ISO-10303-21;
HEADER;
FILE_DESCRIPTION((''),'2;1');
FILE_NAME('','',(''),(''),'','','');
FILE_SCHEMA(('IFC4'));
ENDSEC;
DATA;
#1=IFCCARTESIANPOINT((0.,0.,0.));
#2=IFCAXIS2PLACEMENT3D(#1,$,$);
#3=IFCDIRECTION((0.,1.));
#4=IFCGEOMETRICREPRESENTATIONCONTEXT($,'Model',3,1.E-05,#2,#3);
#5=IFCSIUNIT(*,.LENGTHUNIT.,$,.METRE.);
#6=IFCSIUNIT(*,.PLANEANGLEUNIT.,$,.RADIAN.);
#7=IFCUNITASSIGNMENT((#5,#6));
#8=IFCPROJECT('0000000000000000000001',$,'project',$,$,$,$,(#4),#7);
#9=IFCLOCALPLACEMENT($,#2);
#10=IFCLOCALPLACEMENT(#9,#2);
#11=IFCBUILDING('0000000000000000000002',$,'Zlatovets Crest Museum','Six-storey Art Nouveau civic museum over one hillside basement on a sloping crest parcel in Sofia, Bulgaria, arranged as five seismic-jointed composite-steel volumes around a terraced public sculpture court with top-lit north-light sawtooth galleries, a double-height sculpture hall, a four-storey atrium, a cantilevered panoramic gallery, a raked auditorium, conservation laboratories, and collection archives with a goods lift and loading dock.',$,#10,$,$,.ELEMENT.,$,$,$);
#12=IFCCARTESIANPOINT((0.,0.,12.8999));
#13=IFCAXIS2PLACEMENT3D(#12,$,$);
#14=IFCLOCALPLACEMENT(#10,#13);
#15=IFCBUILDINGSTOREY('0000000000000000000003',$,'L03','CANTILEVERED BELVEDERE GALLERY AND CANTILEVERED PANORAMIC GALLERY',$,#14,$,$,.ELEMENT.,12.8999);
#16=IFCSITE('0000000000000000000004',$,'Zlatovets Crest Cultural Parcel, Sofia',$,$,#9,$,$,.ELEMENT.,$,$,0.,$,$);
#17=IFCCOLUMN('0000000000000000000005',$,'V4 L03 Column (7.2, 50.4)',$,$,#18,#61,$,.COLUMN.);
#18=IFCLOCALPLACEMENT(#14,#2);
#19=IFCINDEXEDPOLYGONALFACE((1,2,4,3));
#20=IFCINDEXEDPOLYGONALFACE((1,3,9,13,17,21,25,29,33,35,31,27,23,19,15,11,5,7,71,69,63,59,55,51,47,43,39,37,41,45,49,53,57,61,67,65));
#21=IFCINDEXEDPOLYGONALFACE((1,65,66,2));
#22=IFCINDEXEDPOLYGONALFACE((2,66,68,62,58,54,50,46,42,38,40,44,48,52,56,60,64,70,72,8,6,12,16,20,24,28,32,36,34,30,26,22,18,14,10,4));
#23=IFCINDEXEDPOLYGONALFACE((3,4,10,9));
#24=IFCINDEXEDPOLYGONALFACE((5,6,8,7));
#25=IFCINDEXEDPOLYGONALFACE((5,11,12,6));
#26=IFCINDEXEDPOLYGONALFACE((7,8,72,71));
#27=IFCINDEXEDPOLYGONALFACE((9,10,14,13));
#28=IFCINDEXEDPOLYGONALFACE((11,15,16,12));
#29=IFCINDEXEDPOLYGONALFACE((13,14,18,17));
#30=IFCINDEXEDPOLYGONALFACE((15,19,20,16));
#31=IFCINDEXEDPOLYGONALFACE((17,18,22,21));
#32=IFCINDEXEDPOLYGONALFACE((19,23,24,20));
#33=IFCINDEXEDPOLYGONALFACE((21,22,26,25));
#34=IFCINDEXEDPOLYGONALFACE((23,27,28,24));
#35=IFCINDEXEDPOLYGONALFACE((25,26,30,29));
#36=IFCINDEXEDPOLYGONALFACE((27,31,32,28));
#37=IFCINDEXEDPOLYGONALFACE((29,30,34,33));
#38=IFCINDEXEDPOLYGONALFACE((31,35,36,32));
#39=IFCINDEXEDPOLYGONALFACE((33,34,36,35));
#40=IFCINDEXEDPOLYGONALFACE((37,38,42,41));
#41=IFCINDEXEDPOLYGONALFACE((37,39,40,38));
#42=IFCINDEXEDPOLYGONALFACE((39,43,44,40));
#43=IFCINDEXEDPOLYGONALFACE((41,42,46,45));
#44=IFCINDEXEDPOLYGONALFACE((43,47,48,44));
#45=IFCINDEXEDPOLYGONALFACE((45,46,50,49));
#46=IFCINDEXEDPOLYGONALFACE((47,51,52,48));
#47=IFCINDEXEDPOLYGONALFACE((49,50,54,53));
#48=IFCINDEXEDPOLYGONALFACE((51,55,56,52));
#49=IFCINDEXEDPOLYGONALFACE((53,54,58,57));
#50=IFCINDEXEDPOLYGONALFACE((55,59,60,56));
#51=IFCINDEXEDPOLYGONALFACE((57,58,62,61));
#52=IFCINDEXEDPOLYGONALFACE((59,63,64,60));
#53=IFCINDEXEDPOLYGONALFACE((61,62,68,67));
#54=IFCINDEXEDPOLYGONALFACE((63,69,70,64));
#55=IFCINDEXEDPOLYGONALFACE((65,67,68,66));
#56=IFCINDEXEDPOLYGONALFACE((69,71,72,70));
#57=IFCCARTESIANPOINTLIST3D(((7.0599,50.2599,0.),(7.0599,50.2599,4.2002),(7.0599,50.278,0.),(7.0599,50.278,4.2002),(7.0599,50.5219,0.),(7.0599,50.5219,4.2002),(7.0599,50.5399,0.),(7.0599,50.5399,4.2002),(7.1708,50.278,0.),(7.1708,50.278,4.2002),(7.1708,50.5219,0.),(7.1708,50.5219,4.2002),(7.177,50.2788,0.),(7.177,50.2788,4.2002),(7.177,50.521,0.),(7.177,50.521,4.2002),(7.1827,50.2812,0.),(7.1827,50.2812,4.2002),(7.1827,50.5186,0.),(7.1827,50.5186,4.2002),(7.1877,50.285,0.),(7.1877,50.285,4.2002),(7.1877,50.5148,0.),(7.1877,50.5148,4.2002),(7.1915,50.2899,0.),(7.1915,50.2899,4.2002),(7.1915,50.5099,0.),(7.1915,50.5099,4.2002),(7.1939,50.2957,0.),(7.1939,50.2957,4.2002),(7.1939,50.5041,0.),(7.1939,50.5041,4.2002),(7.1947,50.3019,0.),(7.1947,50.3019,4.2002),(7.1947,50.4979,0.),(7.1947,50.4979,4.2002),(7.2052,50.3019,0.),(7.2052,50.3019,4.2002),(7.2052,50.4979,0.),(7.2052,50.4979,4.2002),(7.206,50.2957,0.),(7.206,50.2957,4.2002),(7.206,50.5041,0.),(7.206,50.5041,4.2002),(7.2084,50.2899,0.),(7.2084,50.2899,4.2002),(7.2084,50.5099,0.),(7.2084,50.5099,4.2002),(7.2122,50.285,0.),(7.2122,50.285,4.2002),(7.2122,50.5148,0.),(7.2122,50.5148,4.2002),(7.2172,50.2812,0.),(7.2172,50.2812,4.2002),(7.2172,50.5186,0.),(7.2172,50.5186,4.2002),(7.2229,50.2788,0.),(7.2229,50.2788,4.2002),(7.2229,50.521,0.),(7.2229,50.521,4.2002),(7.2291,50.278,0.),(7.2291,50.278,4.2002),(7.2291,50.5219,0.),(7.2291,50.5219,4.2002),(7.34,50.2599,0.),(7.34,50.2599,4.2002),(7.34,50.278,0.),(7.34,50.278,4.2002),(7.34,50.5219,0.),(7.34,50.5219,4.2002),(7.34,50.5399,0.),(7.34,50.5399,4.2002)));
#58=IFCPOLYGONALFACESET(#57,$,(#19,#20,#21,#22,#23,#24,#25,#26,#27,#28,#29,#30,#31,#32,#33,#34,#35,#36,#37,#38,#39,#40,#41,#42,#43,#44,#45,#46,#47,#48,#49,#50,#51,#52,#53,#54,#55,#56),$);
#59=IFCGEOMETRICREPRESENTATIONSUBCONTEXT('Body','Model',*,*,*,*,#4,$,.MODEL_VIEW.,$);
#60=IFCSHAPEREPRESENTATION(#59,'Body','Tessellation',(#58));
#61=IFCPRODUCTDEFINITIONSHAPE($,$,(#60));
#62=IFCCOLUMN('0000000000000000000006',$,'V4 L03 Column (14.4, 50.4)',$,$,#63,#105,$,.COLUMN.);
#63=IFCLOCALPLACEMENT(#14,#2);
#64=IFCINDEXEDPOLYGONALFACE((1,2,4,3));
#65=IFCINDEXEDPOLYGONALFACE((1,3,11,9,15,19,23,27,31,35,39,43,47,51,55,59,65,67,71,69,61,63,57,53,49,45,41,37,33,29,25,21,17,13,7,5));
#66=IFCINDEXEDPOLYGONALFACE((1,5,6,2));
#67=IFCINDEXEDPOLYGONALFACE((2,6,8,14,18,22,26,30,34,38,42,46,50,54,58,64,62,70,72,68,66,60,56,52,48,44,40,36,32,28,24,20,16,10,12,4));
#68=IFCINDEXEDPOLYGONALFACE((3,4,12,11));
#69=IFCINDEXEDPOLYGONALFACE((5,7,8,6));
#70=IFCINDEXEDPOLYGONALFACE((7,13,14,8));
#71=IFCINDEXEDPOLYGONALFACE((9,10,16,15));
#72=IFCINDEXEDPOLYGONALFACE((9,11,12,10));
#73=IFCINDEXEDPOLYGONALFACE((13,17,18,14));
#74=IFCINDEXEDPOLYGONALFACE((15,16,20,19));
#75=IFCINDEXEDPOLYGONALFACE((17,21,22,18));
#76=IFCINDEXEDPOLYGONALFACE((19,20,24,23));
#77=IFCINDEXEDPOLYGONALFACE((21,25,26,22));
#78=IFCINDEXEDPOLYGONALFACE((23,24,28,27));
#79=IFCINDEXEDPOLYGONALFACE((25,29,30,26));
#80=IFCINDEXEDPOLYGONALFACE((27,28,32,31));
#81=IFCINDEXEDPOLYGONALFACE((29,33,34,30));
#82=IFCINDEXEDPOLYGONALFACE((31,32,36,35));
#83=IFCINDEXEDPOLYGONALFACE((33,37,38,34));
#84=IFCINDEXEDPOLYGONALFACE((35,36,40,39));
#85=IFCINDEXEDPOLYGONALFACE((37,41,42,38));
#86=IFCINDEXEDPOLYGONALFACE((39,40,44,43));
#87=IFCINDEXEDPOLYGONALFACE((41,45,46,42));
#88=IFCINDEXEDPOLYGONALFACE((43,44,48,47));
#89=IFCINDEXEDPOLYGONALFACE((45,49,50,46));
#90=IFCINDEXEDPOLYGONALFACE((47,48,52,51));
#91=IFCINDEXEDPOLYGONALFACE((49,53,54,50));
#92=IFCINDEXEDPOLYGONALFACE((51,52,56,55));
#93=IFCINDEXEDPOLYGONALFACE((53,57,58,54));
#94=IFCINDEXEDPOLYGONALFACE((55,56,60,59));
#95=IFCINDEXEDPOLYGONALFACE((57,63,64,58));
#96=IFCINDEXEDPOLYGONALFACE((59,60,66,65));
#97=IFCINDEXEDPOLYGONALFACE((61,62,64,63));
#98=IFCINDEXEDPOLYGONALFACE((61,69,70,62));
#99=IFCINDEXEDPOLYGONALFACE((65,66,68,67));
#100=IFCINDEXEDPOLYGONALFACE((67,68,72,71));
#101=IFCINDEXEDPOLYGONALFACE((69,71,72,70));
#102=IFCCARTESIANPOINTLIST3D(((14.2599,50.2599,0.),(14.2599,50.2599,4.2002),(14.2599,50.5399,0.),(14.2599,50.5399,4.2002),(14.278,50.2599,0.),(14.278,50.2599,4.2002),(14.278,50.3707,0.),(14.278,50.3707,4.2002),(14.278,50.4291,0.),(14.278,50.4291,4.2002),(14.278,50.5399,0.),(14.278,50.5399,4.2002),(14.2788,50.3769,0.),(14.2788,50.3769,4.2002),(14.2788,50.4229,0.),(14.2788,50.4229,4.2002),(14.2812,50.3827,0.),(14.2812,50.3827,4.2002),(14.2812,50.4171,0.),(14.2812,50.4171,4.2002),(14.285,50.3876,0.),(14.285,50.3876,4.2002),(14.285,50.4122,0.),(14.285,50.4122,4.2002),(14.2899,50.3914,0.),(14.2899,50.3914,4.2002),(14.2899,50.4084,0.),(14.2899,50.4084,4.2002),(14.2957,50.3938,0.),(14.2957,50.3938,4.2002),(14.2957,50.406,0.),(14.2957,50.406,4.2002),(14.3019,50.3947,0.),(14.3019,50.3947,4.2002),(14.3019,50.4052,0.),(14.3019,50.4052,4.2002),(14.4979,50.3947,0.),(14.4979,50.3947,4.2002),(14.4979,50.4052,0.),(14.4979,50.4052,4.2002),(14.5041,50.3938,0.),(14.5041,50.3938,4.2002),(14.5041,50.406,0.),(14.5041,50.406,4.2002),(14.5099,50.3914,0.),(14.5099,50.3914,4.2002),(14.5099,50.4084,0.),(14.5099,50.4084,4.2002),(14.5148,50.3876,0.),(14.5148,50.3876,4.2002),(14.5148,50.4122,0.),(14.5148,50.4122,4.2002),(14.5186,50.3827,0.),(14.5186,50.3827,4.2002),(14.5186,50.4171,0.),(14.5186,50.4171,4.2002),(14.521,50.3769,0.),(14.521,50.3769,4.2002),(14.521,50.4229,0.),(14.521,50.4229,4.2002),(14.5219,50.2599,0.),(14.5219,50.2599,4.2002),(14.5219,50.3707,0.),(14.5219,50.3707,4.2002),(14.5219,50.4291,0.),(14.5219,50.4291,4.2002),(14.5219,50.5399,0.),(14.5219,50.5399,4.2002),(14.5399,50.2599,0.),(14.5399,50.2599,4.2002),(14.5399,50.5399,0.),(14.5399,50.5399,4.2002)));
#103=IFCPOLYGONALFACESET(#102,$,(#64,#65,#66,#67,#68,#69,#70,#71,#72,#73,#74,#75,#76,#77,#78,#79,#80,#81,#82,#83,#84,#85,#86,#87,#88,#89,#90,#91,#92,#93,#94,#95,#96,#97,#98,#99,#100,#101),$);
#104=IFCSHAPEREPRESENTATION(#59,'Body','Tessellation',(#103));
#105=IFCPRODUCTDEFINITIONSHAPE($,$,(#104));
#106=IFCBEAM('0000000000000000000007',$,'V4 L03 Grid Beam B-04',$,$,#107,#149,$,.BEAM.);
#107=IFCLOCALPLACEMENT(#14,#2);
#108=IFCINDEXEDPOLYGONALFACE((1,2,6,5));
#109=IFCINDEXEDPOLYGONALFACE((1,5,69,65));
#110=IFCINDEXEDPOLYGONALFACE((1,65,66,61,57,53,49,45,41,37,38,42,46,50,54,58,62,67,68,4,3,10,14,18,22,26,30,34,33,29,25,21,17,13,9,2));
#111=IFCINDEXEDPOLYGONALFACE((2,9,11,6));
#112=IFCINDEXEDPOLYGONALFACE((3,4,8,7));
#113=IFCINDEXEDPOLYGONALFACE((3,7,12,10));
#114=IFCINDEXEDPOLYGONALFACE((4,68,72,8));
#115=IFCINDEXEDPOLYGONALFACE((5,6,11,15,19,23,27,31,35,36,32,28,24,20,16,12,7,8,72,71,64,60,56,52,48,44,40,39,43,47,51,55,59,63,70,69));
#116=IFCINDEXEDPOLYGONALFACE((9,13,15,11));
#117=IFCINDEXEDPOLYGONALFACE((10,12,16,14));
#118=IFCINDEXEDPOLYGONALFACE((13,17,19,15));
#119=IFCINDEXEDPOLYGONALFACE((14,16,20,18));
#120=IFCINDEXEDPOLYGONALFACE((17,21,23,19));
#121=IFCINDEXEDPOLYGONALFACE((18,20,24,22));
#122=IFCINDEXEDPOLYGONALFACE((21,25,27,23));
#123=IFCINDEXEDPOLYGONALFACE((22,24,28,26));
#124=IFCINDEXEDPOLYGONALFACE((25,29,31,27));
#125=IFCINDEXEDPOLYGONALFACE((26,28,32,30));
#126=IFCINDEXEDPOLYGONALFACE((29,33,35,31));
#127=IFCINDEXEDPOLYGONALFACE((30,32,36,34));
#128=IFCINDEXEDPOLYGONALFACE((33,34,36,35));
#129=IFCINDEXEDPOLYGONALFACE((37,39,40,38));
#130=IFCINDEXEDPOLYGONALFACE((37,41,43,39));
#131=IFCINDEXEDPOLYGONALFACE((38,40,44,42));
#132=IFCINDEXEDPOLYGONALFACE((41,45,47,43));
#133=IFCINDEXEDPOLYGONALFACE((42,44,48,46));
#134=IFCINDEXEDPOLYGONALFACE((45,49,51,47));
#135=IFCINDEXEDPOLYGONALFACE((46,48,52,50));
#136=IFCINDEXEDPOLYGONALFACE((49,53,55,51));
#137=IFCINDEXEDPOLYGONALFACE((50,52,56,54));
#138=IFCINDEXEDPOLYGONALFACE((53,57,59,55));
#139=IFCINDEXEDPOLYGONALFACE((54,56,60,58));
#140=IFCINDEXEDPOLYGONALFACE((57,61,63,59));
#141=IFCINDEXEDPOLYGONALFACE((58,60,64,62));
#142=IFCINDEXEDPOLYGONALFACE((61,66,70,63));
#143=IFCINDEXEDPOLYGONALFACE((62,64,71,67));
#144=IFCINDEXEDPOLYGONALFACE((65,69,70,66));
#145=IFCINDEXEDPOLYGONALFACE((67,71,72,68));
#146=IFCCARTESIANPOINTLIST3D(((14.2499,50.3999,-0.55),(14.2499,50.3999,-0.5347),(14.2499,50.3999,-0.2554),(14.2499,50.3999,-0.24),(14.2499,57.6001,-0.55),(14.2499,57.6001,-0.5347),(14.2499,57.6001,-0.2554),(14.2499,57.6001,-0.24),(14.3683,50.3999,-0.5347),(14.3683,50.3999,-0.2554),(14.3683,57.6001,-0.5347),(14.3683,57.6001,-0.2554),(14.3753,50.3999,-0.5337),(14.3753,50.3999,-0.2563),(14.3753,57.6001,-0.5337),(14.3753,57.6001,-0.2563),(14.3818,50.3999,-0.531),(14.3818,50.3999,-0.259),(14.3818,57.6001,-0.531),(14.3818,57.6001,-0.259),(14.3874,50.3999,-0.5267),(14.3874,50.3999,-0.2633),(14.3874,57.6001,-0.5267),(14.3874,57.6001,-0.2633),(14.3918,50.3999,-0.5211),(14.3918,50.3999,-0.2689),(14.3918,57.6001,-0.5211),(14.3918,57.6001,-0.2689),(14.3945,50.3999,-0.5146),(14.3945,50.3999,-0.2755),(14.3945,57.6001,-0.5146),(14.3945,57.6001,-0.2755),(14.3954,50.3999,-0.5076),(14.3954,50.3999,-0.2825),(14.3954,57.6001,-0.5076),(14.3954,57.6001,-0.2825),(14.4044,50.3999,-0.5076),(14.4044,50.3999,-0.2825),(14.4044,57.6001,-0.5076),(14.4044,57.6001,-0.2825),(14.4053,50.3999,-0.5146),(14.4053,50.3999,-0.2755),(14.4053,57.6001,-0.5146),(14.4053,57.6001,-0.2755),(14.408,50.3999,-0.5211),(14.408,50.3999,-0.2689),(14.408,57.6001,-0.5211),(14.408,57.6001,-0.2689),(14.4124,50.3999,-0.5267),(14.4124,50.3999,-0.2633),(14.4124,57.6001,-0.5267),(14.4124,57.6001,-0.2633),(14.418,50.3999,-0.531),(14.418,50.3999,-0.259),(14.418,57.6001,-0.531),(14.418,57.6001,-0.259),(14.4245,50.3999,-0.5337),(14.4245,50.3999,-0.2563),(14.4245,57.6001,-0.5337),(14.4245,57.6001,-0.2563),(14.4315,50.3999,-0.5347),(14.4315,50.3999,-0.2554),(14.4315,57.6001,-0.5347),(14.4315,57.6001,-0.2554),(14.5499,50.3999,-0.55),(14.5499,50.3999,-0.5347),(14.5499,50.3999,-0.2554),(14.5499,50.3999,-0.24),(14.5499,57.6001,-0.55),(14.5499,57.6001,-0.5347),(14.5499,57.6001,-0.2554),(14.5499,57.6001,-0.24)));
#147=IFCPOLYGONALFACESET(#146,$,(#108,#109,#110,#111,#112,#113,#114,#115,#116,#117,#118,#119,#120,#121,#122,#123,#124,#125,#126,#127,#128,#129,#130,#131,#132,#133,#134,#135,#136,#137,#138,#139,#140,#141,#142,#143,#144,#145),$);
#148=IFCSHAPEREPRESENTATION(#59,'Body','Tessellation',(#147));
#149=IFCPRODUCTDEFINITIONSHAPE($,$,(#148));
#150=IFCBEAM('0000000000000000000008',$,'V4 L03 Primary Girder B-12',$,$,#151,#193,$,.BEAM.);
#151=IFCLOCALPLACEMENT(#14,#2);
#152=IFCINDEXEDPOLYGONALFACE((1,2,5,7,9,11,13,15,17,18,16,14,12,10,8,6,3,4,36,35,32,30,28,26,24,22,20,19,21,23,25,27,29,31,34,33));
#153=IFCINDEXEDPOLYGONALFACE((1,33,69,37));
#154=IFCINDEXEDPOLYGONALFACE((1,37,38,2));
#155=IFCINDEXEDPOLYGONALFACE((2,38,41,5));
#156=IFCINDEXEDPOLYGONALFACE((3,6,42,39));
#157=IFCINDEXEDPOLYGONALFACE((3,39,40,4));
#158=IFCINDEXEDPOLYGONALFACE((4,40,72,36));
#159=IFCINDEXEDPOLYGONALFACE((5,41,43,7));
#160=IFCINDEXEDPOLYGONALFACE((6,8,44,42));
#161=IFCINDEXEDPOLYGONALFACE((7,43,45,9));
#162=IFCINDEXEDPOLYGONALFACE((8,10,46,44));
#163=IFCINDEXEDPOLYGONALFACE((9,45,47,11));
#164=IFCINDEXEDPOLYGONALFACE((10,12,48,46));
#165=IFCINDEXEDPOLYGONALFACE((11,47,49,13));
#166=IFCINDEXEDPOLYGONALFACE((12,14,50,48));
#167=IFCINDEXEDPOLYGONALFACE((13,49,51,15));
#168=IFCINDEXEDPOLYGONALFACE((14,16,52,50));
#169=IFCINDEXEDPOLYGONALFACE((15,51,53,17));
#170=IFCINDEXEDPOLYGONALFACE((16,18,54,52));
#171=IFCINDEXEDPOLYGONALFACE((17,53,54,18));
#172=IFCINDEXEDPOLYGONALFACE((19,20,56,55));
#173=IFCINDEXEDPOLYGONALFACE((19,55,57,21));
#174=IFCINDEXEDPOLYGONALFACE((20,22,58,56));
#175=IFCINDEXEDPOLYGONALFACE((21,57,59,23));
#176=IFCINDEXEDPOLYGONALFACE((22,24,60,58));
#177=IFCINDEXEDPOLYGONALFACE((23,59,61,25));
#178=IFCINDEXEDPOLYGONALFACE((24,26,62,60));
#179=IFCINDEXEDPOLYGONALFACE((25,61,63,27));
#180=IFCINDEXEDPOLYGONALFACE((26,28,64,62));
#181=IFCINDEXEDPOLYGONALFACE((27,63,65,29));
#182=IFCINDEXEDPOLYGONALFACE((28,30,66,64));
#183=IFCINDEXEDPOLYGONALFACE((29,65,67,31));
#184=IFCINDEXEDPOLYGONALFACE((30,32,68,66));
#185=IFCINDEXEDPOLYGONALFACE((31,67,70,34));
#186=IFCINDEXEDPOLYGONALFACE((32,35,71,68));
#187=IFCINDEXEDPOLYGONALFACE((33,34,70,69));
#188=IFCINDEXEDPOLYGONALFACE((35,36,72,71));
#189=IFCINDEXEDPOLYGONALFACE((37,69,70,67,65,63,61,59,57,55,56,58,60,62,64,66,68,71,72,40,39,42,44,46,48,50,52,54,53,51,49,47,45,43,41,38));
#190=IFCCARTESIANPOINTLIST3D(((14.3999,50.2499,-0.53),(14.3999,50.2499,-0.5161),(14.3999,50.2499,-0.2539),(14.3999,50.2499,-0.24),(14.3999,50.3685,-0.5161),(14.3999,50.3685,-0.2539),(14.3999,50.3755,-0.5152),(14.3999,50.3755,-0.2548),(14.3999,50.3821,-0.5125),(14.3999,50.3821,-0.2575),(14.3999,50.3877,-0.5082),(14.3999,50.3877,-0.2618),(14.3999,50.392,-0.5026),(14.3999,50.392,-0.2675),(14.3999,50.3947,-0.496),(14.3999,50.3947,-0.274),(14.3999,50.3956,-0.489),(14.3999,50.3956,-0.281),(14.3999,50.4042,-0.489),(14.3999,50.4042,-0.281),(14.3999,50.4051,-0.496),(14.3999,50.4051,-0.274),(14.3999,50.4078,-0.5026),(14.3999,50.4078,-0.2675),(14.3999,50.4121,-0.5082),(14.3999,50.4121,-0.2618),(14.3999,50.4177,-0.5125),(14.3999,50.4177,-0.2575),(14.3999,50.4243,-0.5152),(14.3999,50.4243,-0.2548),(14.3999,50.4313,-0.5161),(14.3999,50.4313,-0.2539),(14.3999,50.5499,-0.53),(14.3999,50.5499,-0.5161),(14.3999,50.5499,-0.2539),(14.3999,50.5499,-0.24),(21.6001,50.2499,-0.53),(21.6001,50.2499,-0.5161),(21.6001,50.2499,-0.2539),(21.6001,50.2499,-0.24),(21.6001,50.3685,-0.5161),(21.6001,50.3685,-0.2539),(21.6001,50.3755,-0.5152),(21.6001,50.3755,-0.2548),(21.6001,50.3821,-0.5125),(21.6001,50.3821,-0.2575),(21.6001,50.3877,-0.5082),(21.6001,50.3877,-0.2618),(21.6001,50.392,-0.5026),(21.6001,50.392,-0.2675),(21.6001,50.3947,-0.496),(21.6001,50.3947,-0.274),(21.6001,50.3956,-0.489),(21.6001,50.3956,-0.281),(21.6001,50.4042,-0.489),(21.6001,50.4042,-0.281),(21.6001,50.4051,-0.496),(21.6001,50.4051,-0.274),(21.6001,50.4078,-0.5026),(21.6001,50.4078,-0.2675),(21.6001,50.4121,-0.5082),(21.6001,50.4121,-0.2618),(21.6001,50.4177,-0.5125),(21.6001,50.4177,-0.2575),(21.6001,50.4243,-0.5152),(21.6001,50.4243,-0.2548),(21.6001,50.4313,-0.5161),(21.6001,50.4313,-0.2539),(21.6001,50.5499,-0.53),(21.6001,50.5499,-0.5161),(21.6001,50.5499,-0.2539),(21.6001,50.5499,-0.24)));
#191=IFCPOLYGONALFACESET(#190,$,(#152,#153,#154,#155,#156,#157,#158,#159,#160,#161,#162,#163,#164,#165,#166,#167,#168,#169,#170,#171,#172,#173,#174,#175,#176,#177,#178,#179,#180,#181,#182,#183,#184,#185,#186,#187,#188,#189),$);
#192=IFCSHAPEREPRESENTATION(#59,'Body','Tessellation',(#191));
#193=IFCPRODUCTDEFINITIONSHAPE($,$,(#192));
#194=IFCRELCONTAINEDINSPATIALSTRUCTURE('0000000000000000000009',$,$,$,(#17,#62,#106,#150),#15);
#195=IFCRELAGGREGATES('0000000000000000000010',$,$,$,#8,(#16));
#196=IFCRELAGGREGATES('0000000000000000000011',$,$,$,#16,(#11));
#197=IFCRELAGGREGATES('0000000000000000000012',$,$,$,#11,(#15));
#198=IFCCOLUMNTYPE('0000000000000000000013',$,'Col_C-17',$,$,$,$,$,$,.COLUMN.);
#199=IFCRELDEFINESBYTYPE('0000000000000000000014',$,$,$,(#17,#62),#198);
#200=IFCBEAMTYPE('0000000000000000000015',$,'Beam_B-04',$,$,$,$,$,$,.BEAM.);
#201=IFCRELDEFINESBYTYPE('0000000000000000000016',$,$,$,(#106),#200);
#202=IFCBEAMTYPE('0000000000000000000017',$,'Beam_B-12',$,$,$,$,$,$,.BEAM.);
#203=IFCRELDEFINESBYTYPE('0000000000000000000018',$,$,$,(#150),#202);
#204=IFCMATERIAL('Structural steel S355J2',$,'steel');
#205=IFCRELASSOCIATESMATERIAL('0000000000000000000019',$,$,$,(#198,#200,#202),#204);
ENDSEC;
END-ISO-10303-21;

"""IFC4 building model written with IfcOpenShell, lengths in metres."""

from ifc_helpers import new_model, si_unit, direction, frame, origin, origin_2d, place, context, subcontext, project, spatial, i_section, extrude, material, material_profile, profile_set, type_object, element, save


model = new_model("IFC4")

# Units and contexts
model_context = context("Model", 3, precision=1e-05, world=origin(), true_north=direction((0.0, 1.0)))
body_context = subcontext(model_context, "Body", "Model", "MODEL_VIEW")
ifc_project = project(units=[si_unit("LENGTHUNIT", "METRE"), si_unit("PLANEANGLEUNIT", "RADIAN")], contexts=[model_context])

# Site, building, storey
site_placement = place(None, origin())
site = spatial("IfcSite", under=ifc_project, at=site_placement, Name="Zlatovets Crest Cultural Parcel, Sofia", CompositionType="ELEMENT", RefElevation=0.0)
building_placement = place(site_placement, origin())
building = spatial("IfcBuilding", under=site, at=building_placement, Name="Zlatovets Crest Museum", Description="Six-storey Art Nouveau civic museum over one hillside basement on a sloping crest parcel in Sofia, Bulgaria, arranged as five seismic-jointed composite-steel volumes around a terraced public sculpture court with top-lit north-light sawtooth galleries, a double-height sculpture hall, a four-storey atrium, a cantilevered panoramic gallery, a raked auditorium, conservation laboratories, and collection archives with a goods lift and loading dock.", CompositionType="ELEMENT")
storey_placement = place(building_placement, frame((0.0, 0.0, 12.8999)))
storey = spatial("IfcBuildingStorey", under=building, at=storey_placement, Name="L03", Description="CANTILEVERED BELVEDERE GALLERY AND CANTILEVERED PANORAMIC GALLERY", CompositionType="ELEMENT", Elevation=12.8999)

# Columns
ifc_material_1 = material(Name="Structural steel S355J2", Category="steel")
ifc_material_profile_1 = material_profile(ifc_material_1, i_section(OverallWidth=0.28, OverallDepth=0.28, WebThickness=0.0105, FlangeThickness=0.0181, FilletRadius=0.0239, at=origin_2d()), Name="HEB 280")
ifc_profile_set_1 = profile_set([ifc_material_profile_1], Name="Structural steel S355J2")
column_type = type_object("IfcColumnType", Name="Col_C-17", PredefinedType="COLUMN", material=ifc_profile_set_1)
for number, where, z_axis, x_axis, name in (
    (1, (7.2, 50.3999, 0.0), (0.0, 0.0, 1.0), (1.0, 0.0, 0.0), "V4 L03 Column (7.2, 50.4)"),
    (2, (14.3999, 50.3999, 0.0), (0.0, 0.0, 1.0), (0.0, 1.0, 0.0), "V4 L03 Column (14.4, 50.4)"),
):
    element("IfcColumn", number, at=place(storey_placement, frame(where, z_axis=z_axis, x_axis=x_axis)), inside=storey, type_object=column_type, Name=name, PredefinedType="COLUMN", context=body_context, shape_type="SweptSolid", body=[
        extrude(i_section(OverallWidth=0.28, OverallDepth=0.28, WebThickness=0.0105, FlangeThickness=0.0181, FilletRadius=0.0239, at=origin_2d()), origin(), (0.0, 0.0, 1.0), 4.2002),
    ])

# Beams
ifc_material_profile_2 = material_profile(ifc_material_1, i_section(OverallWidth=0.3, OverallDepth=0.3101, WebThickness=0.009, FlangeThickness=0.0154, FilletRadius=0.0271, at=origin_2d()), Name="HEA 320")
ifc_profile_set_2 = profile_set([ifc_material_profile_2], Name="Structural steel S355J2")
beam_type_1 = type_object("IfcBeamType", Name="Beam_B-04", PredefinedType="BEAM", material=ifc_profile_set_2)
beam_1_placement = place(storey_placement, frame((14.3999, 50.3999, -0.395), z_axis=(0.0, 1.0, 0.0), x_axis=(-1.0, 0.0, 0.0)))
element("IfcBeam", 3, at=beam_1_placement, inside=storey, type_object=beam_type_1, Name="V4 L03 Grid Beam B-04", PredefinedType="BEAM", context=body_context, shape_type="SweptSolid", body=[
    extrude(i_section(OverallWidth=0.3, OverallDepth=0.3101, WebThickness=0.009, FlangeThickness=0.0154, FilletRadius=0.0271, at=origin_2d()), origin(), (0.0, 0.0, 1.0), 7.2002),
])
ifc_material_profile_3 = material_profile(ifc_material_1, i_section(OverallWidth=0.3, OverallDepth=0.29, WebThickness=0.0085, FlangeThickness=0.0139, FilletRadius=0.0271, at=origin_2d()), Name="HEA 300")
ifc_profile_set_3 = profile_set([ifc_material_profile_3], Name="Structural steel S355J2")
beam_type_2 = type_object("IfcBeamType", Name="Beam_B-12", PredefinedType="BEAM", material=ifc_profile_set_3)
beam_2_placement = place(storey_placement, frame((14.3999, 50.3999, -0.385), z_axis=(1.0, 0.0, 0.0), x_axis=(0.0, 1.0, 0.0)))
element("IfcBeam", 4, at=beam_2_placement, inside=storey, type_object=beam_type_2, Name="V4 L03 Primary Girder B-12", PredefinedType="BEAM", context=body_context, shape_type="SweptSolid", body=[
    extrude(i_section(OverallWidth=0.3, OverallDepth=0.29, WebThickness=0.0085, FlangeThickness=0.0139, FilletRadius=0.0271, at=origin_2d()), origin(), (0.0, 0.0, 1.0), 7.2002),
])

save(model, "model.ifc")
